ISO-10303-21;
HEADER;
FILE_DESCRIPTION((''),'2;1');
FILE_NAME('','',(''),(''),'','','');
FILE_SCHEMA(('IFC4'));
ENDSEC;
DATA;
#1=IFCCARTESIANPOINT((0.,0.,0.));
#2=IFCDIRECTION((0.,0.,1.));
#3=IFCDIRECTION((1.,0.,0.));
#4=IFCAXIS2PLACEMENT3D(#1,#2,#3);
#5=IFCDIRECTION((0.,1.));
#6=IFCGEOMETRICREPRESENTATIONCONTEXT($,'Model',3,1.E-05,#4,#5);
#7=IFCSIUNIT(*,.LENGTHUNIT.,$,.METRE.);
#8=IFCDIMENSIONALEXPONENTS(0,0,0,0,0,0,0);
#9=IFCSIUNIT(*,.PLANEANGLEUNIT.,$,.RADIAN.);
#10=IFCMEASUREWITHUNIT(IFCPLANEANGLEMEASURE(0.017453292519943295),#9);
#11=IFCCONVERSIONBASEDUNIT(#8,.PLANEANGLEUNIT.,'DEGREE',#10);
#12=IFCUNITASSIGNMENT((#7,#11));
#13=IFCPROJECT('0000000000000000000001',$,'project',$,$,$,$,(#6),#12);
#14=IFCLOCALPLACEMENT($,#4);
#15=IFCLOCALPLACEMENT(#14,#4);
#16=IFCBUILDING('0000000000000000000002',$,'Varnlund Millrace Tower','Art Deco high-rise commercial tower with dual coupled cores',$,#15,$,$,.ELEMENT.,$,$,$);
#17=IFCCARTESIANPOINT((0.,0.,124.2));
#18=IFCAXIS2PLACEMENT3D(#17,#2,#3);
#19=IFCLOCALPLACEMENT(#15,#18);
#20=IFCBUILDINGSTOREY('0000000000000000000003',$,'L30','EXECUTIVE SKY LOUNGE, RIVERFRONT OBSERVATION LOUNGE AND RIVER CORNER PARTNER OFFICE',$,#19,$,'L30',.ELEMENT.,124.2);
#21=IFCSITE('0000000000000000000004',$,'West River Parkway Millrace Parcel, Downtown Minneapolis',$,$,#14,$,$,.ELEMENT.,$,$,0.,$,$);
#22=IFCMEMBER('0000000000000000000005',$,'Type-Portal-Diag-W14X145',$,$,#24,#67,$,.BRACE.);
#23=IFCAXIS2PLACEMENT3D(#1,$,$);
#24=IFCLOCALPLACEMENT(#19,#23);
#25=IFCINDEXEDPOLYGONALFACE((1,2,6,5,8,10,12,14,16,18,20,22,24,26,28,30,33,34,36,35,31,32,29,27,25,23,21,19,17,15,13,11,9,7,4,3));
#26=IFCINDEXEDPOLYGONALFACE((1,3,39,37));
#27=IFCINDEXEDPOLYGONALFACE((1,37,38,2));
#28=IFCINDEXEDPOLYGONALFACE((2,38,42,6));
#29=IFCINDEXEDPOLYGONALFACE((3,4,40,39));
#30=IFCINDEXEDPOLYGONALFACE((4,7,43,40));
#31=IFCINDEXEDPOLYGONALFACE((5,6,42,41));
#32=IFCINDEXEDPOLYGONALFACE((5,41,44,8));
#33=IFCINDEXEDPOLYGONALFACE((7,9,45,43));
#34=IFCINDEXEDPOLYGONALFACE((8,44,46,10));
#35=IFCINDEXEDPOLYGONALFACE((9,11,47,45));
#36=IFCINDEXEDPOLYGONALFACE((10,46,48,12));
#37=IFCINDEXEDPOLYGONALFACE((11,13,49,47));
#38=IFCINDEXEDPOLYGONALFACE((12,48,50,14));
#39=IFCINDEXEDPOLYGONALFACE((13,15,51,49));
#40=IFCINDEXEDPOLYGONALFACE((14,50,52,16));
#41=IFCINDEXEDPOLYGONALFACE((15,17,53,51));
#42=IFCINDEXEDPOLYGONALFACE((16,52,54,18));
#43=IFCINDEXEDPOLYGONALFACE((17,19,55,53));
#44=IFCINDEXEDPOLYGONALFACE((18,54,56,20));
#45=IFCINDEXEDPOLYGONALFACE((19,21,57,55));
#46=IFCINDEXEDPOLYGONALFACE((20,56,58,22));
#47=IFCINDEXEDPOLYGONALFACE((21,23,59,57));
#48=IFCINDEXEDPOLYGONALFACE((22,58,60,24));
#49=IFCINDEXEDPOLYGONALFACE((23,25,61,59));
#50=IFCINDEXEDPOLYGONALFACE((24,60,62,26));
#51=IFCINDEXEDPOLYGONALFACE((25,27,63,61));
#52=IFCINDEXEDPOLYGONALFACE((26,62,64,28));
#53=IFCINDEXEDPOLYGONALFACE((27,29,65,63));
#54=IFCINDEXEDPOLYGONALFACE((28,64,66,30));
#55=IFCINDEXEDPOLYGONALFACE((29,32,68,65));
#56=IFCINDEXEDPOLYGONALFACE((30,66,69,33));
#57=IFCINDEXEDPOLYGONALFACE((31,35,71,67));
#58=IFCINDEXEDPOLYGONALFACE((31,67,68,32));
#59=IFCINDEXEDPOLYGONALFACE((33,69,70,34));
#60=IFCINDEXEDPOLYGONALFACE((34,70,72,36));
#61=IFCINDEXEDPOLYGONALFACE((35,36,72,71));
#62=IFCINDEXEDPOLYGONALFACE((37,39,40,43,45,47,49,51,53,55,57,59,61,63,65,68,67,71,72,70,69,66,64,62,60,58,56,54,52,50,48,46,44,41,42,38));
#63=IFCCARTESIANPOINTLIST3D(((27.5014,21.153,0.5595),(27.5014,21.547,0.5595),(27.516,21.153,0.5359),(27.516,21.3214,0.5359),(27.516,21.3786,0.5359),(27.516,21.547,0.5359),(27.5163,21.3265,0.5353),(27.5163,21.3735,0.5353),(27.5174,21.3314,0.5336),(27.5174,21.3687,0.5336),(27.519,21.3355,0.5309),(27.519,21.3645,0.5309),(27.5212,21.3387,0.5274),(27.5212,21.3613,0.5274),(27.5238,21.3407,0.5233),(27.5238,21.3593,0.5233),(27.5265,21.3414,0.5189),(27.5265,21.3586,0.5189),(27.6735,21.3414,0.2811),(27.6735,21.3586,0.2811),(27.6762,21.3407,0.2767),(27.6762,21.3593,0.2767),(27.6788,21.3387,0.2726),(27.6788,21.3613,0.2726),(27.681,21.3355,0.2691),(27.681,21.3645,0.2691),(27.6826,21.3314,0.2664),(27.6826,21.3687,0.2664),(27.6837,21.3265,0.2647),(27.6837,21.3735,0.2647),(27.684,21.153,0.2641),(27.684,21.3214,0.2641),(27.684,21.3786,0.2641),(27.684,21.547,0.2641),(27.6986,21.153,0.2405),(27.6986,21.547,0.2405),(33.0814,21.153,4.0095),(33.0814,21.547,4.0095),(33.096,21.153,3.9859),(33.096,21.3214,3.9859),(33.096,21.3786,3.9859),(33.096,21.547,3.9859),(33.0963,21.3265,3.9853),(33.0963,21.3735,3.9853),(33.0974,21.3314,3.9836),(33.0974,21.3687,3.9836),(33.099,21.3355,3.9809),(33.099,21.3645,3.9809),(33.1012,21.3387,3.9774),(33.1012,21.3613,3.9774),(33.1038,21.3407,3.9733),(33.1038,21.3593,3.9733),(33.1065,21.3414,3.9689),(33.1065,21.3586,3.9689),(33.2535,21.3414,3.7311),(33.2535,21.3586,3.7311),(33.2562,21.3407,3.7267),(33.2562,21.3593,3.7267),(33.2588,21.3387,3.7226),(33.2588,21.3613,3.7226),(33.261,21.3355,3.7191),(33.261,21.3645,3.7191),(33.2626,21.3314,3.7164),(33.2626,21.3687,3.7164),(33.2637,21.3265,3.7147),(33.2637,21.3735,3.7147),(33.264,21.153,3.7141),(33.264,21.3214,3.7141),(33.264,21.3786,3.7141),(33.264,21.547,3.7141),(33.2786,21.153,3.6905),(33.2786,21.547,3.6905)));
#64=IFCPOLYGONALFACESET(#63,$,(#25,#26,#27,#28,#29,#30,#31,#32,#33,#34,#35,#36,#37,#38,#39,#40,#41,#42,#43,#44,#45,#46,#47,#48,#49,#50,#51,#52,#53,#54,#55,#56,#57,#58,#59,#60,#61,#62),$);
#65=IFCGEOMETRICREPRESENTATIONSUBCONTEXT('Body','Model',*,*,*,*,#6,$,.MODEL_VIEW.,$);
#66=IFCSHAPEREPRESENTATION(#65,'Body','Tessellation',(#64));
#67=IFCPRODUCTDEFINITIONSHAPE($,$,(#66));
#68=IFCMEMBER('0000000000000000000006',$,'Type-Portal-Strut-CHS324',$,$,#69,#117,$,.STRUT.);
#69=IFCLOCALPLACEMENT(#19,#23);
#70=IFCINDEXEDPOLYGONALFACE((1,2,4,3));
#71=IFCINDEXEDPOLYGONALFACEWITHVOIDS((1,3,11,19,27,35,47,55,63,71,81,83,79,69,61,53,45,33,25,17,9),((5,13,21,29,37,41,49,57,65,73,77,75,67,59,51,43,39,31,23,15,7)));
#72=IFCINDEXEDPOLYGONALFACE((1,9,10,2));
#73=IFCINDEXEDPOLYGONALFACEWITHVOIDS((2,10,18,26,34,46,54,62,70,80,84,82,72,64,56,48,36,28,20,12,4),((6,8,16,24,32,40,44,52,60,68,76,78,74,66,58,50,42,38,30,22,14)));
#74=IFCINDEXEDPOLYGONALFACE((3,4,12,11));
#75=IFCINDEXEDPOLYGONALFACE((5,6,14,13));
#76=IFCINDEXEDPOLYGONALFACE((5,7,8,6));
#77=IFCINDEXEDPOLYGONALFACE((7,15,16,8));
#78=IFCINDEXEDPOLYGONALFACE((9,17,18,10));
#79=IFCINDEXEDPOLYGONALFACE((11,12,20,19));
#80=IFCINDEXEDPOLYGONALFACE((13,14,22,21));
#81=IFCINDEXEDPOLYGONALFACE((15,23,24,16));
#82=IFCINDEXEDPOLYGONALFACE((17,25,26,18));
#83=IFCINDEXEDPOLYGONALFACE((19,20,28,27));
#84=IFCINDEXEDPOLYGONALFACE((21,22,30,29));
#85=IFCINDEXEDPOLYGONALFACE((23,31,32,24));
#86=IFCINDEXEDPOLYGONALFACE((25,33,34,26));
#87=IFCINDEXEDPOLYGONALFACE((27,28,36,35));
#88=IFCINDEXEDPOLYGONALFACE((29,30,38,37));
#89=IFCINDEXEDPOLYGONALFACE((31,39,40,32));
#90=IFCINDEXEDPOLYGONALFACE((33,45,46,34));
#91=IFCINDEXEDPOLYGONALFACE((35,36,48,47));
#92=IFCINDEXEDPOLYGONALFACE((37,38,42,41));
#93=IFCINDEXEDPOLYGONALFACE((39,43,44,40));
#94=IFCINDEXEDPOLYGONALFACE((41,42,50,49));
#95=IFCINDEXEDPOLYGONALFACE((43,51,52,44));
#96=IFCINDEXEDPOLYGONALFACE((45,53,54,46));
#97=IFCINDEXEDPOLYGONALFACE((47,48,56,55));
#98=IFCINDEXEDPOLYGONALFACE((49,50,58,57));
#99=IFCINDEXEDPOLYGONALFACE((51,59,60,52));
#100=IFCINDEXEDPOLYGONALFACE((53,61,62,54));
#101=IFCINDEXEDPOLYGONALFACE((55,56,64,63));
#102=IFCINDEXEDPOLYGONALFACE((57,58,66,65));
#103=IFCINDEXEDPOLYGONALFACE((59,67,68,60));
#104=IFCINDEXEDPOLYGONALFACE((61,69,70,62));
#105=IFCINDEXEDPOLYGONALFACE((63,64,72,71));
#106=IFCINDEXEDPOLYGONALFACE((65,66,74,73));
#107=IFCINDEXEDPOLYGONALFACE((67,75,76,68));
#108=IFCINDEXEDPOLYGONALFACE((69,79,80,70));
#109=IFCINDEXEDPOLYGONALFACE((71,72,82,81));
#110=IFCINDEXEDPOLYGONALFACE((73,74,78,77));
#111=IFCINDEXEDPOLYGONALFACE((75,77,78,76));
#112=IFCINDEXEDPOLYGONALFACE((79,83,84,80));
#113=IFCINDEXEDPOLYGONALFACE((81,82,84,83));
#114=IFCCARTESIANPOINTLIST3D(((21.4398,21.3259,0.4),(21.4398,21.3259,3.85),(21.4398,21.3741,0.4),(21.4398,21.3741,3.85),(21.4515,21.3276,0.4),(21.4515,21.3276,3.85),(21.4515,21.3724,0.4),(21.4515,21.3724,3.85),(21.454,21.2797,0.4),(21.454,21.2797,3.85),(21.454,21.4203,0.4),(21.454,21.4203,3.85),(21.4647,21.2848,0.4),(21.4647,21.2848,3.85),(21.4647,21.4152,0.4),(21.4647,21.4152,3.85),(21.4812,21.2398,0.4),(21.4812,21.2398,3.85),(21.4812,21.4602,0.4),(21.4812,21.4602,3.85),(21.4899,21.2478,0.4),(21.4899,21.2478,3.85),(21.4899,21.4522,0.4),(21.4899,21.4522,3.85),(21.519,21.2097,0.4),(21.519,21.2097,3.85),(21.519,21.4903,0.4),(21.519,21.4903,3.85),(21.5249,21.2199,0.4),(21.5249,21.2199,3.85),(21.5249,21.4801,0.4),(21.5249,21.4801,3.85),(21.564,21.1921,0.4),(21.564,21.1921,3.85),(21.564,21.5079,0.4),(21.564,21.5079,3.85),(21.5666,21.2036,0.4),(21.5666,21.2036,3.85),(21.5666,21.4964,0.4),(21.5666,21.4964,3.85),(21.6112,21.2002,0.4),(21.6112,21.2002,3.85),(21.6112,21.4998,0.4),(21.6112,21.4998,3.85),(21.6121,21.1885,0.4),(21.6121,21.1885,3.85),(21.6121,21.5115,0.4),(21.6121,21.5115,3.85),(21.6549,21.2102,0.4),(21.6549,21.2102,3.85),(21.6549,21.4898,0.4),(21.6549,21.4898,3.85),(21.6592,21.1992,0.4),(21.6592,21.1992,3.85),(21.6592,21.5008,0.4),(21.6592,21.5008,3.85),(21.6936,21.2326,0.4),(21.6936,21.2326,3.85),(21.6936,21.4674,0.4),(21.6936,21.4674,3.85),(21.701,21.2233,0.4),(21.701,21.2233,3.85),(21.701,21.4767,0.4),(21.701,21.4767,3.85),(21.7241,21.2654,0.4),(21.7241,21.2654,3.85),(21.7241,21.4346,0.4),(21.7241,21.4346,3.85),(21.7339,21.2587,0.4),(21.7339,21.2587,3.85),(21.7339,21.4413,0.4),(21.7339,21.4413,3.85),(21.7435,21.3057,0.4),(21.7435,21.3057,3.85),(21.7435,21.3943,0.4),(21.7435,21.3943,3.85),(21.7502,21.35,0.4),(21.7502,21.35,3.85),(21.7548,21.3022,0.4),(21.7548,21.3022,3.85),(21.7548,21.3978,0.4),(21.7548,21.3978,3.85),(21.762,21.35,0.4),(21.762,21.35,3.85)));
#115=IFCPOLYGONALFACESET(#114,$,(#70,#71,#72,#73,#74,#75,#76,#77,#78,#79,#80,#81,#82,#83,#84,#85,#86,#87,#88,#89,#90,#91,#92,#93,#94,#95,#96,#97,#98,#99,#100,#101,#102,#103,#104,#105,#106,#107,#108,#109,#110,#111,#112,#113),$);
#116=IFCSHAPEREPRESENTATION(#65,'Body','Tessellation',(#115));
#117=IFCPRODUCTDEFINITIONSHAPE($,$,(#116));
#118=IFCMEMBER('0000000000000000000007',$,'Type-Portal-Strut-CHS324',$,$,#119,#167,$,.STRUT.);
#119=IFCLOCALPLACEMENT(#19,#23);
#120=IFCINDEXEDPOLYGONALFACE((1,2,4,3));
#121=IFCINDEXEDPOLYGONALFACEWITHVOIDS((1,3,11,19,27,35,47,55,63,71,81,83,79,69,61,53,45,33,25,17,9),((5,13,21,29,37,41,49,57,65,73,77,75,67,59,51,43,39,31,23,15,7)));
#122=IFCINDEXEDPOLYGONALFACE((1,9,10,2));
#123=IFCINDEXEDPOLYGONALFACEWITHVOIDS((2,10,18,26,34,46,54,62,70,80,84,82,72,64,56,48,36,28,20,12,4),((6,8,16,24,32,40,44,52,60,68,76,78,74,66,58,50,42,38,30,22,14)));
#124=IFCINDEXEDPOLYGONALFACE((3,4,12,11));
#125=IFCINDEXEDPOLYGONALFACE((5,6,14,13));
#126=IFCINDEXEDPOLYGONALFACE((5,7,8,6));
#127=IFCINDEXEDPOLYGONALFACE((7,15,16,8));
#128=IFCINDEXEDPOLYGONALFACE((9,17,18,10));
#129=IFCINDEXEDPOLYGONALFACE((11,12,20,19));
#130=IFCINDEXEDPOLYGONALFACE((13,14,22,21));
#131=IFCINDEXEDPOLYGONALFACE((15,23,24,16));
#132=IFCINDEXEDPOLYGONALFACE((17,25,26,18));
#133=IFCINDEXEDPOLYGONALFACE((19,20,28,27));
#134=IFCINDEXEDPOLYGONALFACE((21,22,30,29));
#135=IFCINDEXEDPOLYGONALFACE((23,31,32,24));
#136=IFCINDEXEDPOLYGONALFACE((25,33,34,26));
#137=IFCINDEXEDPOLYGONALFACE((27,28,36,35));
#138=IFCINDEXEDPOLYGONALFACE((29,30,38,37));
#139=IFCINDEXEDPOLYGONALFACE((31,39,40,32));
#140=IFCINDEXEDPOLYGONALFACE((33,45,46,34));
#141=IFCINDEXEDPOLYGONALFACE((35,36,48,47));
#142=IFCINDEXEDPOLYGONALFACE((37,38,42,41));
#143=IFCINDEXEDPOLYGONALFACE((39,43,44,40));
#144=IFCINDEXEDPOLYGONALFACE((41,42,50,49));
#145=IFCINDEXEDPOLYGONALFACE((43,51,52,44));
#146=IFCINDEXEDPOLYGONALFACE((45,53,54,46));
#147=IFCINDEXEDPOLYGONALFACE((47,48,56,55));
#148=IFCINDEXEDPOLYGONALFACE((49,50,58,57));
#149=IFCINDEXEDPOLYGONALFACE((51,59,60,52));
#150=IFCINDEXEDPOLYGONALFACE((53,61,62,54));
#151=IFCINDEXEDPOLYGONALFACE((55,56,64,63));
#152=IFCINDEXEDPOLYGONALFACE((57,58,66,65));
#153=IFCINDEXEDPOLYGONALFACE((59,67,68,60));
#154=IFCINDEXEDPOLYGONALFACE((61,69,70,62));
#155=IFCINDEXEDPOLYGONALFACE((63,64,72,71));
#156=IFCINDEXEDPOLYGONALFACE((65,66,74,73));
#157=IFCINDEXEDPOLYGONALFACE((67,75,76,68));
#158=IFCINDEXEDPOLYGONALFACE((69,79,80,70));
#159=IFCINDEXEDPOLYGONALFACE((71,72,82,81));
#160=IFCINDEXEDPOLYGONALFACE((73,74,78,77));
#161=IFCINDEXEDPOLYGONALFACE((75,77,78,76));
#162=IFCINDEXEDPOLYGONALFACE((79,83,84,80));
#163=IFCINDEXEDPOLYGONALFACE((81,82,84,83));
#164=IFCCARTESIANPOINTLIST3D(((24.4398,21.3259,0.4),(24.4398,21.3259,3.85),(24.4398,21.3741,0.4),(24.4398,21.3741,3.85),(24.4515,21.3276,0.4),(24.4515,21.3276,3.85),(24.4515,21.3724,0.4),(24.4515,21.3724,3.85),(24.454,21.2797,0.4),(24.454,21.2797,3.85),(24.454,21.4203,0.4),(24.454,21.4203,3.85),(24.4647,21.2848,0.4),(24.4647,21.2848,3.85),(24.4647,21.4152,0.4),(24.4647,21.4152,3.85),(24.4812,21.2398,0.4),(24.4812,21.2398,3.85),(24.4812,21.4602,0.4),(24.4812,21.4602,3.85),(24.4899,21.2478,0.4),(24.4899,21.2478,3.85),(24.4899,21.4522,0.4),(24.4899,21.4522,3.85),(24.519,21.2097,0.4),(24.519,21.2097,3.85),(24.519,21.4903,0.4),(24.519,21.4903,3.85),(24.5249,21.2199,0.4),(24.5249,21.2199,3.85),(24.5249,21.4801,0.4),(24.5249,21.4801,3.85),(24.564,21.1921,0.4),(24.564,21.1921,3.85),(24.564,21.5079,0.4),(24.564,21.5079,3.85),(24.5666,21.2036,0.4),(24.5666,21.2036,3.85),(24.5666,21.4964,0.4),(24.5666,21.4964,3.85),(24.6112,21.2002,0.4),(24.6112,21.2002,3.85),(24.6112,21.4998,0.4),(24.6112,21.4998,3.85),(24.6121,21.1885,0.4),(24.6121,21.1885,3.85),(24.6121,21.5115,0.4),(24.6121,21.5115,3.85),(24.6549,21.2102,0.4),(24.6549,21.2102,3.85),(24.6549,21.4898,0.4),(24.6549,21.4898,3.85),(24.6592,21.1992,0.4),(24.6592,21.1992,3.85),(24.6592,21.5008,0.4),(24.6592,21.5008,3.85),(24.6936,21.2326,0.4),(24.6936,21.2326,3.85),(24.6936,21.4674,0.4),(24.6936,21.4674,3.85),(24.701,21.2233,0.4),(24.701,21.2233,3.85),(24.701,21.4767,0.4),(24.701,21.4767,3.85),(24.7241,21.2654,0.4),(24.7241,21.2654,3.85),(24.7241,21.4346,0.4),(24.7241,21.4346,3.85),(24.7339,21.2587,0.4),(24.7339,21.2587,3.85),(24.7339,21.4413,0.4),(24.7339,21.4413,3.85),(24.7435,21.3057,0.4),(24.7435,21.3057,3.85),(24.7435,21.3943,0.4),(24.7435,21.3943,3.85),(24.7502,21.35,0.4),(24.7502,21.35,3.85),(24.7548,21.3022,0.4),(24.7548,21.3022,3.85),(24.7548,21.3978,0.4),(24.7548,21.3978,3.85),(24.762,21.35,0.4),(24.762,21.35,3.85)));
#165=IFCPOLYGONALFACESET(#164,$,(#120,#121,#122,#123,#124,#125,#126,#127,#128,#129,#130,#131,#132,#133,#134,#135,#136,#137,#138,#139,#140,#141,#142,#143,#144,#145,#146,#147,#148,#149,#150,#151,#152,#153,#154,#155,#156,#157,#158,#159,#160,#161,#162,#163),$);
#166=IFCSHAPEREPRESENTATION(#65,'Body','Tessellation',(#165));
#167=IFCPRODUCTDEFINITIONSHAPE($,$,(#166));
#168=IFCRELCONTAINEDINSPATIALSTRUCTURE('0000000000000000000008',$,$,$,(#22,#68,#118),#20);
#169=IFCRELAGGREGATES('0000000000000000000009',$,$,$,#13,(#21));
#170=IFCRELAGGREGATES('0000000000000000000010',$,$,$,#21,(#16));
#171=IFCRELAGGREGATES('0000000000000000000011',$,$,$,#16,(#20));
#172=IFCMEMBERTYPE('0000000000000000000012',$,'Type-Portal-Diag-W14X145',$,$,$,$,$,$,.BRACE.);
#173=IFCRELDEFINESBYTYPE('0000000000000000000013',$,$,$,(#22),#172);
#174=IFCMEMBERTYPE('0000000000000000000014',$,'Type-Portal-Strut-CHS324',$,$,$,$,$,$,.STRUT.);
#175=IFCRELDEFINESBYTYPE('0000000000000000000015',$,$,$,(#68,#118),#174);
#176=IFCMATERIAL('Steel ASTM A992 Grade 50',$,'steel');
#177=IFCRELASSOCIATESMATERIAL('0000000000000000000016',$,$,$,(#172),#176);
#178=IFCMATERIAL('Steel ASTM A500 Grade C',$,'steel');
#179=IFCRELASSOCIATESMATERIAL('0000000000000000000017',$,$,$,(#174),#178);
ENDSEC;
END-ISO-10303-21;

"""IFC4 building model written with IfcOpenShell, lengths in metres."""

from ifc_helpers import new_model, entity, si_unit, converted_unit, direction, frame, origin_with_axes, origin_2d_with_axis, place, context, subcontext, project, spatial, hollow_circle, i_section, extrude, material, material_profile, profile_set, type_object, element, save


model = new_model("IFC4")

# Units and contexts
model_context = context("Model", 3, precision=1e-05, world=origin_with_axes(), true_north=direction((0.0, 1.0)))
body_context = subcontext(model_context, "Body", "Model", "MODEL_VIEW")
ifc_project = project(units=[si_unit("LENGTHUNIT", "METRE"), converted_unit("PLANEANGLEUNIT", "DEGREE", entity("IfcPlaneAngleMeasure", 0.017453292519943295), si_unit("PLANEANGLEUNIT", "RADIAN"), dimensions=[0, 0, 0, 0, 0, 0, 0])], contexts=[model_context])

# Site, building, storey
site_placement = place(None, origin_with_axes())
site = spatial("IfcSite", under=ifc_project, at=site_placement, Name="West River Parkway Millrace Parcel, Downtown Minneapolis", CompositionType="ELEMENT", RefElevation=0.0)
building_placement = place(site_placement, origin_with_axes())
building = spatial("IfcBuilding", under=site, at=building_placement, Name="Varnlund Millrace Tower", Description="Art Deco high-rise commercial tower with dual coupled cores", CompositionType="ELEMENT")
storey_placement = place(building_placement, frame((0.0, 0.0, 124.2), z_axis=(0.0, 0.0, 1.0), x_axis=(1.0, 0.0, 0.0)))
storey = spatial("IfcBuildingStorey", under=building, at=storey_placement, Name="L30", Description="EXECUTIVE SKY LOUNGE, RIVERFRONT OBSERVATION LOUNGE AND RIVER CORNER PARTNER OFFICE", LongName="L30", CompositionType="ELEMENT", Elevation=124.2)

# Members
ifc_material_1 = material(Name="Steel ASTM A500 Grade C", Category="steel")
ifc_material_2 = material(Name="Steel ASTM A992 Grade 50", Category="steel")
ifc_material_profile_1 = material_profile(ifc_material_2, i_section(OverallWidth=0.394, OverallDepth=0.375, WebThickness=0.0173, FlangeThickness=0.0277, FilletRadius=0.02, at=origin_2d_with_axis()), Name="Steel ASTM A992 Grade 50")
ifc_profile_set_1 = profile_set([ifc_material_profile_1], Name="Steel ASTM A992 Grade 50")
member_type_1 = type_object("IfcMemberType", Name="Type-Portal-Diag-W14X145", PredefinedType="BRACE", material=ifc_profile_set_1)
member_1_placement = place(storey_placement, frame((27.6, 21.35, 0.4), z_axis=(0.850557, 0.0, 0.525882), x_axis=(0.0, 1.0, 0.0)))
element("IfcMember", 1, at=member_1_placement, inside=storey, type_object=member_type_1, Name="Type-Portal-Diag-W14X145", PredefinedType="BRACE", context=body_context, shape_type="SweptSolid", body=[
    extrude(i_section(OverallWidth=0.394, OverallDepth=0.375, WebThickness=0.0173, FlangeThickness=0.0277, FilletRadius=0.02, at=origin_2d_with_axis()), origin_with_axes(), (0.0, 0.0, 1.0), 6.5604),
])
ifc_material_profile_2 = material_profile(ifc_material_1, hollow_circle(Radius=0.162, WallThickness=0.0118, at=origin_2d_with_axis()), Name="Steel ASTM A500 Grade C")
ifc_profile_set_2 = profile_set([ifc_material_profile_2], Name="Steel ASTM A500 Grade C")
member_type_2 = type_object("IfcMemberType", Name="Type-Portal-Strut-CHS324", PredefinedType="STRUT", material=ifc_profile_set_2)
for number, where, z_axis, x_axis, name in (
    (2, (21.6, 21.35, 0.4), (0.0, 0.0, 1.0), (1.0, 0.0, 0.0), "Type-Portal-Strut-CHS324"),
    (3, (24.6, 21.35, 0.4), (0.0, 0.0, 1.0), (1.0, 0.0, 0.0), "Type-Portal-Strut-CHS324"),
):
    element("IfcMember", number, at=place(storey_placement, frame(where, z_axis=z_axis, x_axis=x_axis)), inside=storey, type_object=member_type_2, Name=name, PredefinedType="STRUT", context=body_context, shape_type="SweptSolid", body=[
        extrude(hollow_circle(Radius=0.162, WallThickness=0.0118, at=origin_2d_with_axis()), origin_with_axes(), (0.0, 0.0, 1.0), 3.45),
    ])

save(model, "model.ifc")
